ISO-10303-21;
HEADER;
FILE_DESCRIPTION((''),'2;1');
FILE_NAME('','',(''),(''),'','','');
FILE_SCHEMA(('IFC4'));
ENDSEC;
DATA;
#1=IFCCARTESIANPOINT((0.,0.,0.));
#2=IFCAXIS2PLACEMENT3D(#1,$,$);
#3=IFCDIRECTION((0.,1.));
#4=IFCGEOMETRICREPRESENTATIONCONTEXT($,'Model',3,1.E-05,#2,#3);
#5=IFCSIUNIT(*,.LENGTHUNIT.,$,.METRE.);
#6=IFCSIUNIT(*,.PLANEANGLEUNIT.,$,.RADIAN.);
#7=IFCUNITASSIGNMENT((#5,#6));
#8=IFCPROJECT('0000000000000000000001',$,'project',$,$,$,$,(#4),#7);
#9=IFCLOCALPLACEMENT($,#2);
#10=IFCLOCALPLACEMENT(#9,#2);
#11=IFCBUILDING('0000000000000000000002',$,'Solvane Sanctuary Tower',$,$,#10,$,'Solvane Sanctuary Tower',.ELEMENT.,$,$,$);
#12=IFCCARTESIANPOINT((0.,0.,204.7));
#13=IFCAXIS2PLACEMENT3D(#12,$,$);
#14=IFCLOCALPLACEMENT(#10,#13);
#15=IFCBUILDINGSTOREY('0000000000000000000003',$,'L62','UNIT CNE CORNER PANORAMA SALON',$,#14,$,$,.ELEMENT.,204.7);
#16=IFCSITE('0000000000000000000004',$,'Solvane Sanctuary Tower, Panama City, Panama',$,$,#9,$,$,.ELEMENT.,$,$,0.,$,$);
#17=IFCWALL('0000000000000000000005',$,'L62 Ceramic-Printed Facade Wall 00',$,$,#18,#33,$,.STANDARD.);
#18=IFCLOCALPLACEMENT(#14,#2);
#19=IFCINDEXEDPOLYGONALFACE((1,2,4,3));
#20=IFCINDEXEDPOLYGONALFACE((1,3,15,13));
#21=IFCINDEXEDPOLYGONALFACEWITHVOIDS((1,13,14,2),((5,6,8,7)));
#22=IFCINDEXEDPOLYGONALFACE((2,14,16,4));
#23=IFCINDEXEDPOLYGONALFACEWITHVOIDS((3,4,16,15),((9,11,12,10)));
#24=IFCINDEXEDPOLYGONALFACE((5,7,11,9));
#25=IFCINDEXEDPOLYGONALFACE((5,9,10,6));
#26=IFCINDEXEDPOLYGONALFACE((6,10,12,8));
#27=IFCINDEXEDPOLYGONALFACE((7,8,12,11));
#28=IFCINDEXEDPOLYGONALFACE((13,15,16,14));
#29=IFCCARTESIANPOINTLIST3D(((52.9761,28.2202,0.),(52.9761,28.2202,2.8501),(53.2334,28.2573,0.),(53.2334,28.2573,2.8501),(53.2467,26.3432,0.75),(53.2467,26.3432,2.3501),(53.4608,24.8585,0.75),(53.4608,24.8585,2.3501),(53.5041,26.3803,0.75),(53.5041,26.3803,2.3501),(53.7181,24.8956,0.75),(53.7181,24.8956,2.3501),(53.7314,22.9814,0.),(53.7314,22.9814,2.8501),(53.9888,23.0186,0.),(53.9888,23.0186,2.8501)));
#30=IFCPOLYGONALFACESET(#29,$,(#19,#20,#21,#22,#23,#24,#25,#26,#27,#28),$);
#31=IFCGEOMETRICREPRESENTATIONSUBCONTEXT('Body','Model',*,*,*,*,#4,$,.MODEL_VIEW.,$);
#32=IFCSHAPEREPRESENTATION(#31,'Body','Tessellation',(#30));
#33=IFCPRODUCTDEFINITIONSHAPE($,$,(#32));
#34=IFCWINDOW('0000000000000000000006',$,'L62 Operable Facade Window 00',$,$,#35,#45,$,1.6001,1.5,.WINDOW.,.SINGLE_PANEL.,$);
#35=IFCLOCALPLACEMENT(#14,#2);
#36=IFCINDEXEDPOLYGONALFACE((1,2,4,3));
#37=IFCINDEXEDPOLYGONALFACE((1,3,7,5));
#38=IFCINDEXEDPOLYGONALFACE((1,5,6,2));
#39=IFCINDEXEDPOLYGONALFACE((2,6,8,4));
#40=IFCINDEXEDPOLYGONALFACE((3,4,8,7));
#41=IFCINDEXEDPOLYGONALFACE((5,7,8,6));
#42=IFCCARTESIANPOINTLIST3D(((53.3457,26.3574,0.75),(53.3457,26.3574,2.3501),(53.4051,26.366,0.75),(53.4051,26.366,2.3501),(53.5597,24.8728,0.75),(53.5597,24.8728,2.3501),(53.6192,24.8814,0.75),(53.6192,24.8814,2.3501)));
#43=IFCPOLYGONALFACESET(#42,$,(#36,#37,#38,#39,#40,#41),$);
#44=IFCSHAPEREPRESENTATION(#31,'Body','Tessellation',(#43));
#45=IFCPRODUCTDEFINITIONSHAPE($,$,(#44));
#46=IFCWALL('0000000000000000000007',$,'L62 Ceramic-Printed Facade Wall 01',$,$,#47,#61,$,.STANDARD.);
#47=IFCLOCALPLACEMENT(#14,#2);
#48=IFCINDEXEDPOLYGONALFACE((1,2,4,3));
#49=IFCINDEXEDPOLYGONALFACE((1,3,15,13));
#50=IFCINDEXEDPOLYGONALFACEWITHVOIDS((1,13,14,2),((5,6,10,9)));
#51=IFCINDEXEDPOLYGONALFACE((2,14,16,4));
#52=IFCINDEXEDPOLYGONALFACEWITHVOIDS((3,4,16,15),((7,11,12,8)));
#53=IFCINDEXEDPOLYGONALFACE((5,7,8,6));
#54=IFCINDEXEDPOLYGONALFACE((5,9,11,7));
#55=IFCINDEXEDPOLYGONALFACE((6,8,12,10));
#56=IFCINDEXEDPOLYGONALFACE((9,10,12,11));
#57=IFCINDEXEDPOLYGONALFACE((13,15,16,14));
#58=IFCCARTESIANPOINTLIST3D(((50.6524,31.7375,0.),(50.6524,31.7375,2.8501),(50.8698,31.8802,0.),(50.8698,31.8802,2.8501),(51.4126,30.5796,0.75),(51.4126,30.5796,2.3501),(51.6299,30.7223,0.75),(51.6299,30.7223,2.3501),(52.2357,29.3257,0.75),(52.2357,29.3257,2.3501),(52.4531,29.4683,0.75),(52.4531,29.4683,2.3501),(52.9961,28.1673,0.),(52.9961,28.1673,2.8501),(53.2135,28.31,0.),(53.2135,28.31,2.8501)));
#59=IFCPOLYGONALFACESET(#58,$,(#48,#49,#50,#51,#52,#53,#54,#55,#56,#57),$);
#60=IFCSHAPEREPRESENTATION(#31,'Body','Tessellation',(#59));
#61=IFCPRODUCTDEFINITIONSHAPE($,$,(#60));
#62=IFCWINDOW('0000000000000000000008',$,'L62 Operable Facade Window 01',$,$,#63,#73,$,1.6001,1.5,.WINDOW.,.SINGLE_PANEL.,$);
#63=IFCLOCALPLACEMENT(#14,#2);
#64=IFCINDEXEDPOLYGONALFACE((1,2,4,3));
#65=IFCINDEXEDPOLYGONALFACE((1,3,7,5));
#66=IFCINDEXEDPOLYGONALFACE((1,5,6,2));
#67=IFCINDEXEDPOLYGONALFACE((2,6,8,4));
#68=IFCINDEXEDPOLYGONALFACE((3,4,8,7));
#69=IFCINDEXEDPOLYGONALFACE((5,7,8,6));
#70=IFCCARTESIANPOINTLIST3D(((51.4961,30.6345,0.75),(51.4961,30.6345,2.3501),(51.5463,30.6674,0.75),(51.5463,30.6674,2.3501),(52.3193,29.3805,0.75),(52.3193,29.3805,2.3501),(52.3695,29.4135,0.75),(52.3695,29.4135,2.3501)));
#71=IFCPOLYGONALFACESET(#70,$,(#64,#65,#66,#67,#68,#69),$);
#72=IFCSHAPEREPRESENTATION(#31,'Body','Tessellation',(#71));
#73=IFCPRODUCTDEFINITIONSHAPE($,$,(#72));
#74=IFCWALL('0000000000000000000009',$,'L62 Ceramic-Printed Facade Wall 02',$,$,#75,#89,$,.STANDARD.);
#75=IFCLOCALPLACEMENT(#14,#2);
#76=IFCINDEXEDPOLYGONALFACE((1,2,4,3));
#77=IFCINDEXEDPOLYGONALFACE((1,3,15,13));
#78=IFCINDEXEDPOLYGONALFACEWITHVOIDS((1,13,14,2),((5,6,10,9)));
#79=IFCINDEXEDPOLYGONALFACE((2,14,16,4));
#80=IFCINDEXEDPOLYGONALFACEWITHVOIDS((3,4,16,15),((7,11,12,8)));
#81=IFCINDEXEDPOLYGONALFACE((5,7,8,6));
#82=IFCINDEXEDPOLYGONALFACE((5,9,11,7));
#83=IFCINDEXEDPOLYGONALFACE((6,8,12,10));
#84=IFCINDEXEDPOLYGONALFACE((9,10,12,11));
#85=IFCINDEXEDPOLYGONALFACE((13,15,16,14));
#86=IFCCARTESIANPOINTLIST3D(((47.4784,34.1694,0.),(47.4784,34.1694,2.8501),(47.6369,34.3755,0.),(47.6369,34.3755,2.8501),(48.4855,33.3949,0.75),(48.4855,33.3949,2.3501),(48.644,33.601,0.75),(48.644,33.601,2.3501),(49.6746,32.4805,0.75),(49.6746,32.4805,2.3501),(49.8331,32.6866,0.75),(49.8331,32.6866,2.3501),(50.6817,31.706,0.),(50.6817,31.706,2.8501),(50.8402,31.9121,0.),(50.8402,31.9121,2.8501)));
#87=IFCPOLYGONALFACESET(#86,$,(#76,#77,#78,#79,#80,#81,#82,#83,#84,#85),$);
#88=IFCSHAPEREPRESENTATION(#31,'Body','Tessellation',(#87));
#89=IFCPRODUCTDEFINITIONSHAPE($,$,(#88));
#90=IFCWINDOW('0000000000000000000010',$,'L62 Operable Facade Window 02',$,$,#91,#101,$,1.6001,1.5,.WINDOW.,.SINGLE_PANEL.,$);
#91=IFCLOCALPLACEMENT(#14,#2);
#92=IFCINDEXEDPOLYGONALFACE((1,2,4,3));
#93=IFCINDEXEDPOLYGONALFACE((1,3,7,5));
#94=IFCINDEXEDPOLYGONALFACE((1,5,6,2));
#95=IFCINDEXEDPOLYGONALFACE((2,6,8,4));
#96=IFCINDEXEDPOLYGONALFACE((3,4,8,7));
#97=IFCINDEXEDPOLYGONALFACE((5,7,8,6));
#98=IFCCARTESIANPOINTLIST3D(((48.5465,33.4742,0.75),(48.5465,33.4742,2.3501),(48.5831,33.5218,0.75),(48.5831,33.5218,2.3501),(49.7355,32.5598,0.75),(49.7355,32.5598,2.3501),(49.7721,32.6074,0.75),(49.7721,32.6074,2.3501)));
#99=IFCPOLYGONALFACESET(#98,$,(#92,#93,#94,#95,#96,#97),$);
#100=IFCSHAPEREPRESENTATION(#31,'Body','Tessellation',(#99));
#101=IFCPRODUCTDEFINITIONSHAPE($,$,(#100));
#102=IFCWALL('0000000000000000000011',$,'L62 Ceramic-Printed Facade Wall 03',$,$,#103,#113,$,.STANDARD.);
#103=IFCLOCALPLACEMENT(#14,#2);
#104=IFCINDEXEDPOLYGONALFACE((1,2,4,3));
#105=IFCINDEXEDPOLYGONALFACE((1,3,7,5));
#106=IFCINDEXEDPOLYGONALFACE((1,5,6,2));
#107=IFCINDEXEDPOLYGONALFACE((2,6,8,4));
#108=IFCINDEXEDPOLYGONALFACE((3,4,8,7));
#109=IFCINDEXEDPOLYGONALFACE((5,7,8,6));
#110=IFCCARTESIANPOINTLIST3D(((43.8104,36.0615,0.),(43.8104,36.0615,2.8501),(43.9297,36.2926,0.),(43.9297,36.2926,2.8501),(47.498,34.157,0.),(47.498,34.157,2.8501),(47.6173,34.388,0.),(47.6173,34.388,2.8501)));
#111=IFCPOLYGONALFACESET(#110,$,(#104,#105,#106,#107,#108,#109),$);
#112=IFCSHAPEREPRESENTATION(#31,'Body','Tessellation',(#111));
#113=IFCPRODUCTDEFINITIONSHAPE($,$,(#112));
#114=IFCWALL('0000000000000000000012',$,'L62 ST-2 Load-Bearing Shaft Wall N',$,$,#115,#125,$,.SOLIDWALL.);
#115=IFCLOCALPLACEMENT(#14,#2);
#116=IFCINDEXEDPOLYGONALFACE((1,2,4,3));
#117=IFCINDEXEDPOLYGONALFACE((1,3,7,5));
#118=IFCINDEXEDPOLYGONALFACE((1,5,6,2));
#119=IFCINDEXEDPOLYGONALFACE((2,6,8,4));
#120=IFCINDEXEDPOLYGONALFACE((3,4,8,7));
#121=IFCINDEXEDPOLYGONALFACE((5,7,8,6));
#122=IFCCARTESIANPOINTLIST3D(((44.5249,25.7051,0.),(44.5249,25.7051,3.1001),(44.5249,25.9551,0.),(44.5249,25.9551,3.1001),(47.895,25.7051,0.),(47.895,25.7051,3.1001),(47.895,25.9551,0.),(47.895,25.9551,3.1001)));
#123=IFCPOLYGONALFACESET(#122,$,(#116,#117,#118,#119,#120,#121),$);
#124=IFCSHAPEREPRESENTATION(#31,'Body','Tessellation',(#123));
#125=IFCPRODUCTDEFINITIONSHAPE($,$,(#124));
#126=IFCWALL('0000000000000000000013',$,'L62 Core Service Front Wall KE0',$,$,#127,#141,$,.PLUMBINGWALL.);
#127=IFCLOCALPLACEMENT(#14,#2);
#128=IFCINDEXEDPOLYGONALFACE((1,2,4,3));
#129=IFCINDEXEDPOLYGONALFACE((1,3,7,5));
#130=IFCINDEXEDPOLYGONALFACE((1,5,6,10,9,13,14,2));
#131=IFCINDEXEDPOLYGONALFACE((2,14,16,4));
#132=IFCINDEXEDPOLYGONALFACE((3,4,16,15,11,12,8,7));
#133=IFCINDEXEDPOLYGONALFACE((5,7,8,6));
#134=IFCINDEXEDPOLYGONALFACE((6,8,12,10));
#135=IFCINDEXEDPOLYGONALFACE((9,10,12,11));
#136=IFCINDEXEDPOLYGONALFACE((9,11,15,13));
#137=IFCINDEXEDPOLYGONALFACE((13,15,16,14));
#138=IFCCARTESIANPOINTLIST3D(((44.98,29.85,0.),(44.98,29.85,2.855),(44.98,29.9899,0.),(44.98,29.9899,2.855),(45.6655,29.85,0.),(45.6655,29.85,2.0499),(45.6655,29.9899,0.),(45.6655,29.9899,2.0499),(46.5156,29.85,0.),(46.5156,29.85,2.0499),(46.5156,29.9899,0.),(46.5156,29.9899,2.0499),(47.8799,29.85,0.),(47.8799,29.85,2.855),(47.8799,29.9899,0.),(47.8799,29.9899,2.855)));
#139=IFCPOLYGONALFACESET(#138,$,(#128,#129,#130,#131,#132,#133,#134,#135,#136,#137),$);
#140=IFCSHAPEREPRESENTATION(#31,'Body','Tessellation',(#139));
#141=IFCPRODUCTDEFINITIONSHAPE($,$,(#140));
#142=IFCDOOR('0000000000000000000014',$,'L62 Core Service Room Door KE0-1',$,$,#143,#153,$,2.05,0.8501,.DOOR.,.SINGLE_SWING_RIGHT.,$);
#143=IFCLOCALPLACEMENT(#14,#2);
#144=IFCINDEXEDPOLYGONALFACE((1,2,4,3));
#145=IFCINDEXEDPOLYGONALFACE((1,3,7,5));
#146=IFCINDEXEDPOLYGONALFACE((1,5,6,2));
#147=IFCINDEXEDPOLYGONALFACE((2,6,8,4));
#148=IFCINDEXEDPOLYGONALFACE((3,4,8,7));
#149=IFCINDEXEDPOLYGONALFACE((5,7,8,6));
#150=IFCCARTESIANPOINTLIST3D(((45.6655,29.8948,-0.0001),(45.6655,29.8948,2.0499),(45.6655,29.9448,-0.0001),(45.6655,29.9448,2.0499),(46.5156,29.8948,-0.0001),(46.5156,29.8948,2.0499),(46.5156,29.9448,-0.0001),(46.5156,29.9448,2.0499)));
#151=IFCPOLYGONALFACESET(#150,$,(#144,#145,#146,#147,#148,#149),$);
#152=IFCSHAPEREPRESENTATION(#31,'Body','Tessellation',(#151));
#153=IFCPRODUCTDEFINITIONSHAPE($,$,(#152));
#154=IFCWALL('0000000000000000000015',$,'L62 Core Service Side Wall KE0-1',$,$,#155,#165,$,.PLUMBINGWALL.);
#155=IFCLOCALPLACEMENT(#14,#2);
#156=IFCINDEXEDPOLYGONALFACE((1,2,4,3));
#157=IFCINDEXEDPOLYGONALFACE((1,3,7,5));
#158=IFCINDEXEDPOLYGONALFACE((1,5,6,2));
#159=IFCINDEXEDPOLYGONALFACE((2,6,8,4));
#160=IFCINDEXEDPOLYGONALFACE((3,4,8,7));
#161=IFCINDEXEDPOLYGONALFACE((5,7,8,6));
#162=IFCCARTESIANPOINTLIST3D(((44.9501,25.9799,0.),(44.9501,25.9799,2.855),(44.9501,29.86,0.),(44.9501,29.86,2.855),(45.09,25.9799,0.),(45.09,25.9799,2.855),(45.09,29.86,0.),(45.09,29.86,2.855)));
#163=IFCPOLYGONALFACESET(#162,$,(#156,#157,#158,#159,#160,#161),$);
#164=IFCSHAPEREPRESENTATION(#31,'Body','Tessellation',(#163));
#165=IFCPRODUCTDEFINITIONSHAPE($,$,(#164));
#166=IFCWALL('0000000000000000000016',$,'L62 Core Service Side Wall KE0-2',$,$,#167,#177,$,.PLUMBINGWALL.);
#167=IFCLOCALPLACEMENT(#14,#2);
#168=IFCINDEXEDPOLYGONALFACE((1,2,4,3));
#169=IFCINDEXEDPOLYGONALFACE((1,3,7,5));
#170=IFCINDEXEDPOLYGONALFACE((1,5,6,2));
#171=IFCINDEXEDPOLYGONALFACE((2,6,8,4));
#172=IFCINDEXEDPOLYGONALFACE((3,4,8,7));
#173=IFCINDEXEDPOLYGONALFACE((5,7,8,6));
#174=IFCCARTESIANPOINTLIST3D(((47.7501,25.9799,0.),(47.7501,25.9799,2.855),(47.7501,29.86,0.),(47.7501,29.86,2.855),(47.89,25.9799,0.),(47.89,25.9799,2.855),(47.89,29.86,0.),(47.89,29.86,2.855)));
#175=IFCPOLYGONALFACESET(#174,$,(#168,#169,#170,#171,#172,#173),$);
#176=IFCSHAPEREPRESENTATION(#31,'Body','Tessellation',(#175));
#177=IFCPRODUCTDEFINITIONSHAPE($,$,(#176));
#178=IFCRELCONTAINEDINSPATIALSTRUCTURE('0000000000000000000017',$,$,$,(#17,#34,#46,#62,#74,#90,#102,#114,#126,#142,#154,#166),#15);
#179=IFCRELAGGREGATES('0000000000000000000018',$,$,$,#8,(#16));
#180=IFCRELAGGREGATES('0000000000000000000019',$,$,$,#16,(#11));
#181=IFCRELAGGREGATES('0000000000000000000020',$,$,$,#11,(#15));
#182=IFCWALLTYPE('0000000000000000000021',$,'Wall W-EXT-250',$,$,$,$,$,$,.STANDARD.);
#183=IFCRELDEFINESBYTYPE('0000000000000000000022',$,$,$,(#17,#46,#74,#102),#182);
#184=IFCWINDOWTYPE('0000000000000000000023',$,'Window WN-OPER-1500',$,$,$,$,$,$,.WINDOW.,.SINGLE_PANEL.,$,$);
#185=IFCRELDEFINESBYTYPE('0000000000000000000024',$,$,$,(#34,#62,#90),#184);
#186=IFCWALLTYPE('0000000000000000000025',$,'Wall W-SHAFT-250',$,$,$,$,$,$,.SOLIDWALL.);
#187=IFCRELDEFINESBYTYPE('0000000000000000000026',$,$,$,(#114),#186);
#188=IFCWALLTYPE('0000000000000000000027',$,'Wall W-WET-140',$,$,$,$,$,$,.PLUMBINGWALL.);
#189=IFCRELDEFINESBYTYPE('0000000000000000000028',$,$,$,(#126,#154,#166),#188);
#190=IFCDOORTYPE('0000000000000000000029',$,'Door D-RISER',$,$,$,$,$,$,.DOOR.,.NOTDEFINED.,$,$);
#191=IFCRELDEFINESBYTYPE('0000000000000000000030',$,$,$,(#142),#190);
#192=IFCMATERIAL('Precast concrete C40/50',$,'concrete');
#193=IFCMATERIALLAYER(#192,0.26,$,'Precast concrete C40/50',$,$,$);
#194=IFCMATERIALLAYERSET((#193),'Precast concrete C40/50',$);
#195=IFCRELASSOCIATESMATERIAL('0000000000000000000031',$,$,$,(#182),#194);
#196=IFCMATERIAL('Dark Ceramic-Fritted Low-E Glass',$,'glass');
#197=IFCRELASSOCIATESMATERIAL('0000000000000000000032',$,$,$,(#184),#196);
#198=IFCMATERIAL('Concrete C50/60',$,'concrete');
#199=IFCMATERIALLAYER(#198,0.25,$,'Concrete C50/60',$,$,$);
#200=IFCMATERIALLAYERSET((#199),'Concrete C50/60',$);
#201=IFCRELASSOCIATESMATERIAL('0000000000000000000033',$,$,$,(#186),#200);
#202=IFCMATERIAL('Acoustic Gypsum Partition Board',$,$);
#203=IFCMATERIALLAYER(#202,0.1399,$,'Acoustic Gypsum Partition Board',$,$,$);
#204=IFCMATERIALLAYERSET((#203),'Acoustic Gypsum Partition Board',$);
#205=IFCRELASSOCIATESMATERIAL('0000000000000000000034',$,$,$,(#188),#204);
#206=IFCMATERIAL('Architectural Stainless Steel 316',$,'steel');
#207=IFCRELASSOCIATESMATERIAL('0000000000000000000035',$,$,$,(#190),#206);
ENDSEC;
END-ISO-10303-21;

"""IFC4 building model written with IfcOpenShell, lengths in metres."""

from ifc_helpers import new_model, si_unit, direction, frame, frame_2d, origin, place, context, subcontext, project, spatial, rectangle, extrude, material, layer, layer_set, type_object, element, fill, save


model = new_model("IFC4")

# Units and contexts
model_context = context("Model", 3, precision=1e-05, world=origin(), true_north=direction((0.0, 1.0)))
body_context = subcontext(model_context, "Body", "Model", "MODEL_VIEW")
ifc_project = project(units=[si_unit("LENGTHUNIT", "METRE"), si_unit("PLANEANGLEUNIT", "RADIAN")], contexts=[model_context])

# Site, building, storey
site_placement = place(None, origin())
site = spatial("IfcSite", under=ifc_project, at=site_placement, Name="Solvane Sanctuary Tower, Panama City, Panama", CompositionType="ELEMENT", RefElevation=0.0)
building_placement = place(site_placement, origin())
building = spatial("IfcBuilding", under=site, at=building_placement, Name="Solvane Sanctuary Tower", LongName="Solvane Sanctuary Tower", CompositionType="ELEMENT")
storey_placement = place(building_placement, frame((0.0, 0.0, 204.7)))
storey = spatial("IfcBuildingStorey", under=building, at=storey_placement, Name="L62", Description="UNIT CNE CORNER PANORAMA SALON", CompositionType="ELEMENT", Elevation=204.7)

# Shared definitions
ifc_material_1 = material(Name="Concrete C50/60", Category="concrete")

# Shared definitions
ifc_material_2 = material(Name="Acoustic Gypsum Partition Board")

# Walls, openings, windows
ifc_material_3 = material(Name="Precast concrete C40/50", Category="concrete")
ifc_layer_1 = layer(ifc_material_3, 0.26, Name="Precast concrete C40/50")
ifc_layer_set_1 = layer_set([ifc_layer_1], Name="Precast concrete C40/50")
wall_type_1 = type_object("IfcWallType", Name="Wall W-EXT-250", PredefinedType="STANDARD", material=ifc_layer_set_1)
wall_1_placement = place(storey_placement, frame((53.8601, 23.0, 0.0), z_axis=(0.0, 0.0, 1.0), x_axis=(-0.142713, 0.989764, 0.0)))
wall_1 = element("IfcWall", 1, at=wall_1_placement, inside=storey, type_object=wall_type_1, Name="L62 Ceramic-Printed Facade Wall 00", PredefinedType="STANDARD", context=body_context, shape_type="SweptSolid", body=[
    extrude(rectangle(XDim=5.293, YDim=0.26, at=frame_2d((2.6465, 0.0))), origin(), (0.0, 0.0, 1.0), 2.8501),
])
opening_1_placement = place(wall_1_placement, frame((1.8965, 0.0, 0.75)))
opening_1 = element("IfcOpeningElement", 2, at=opening_1_placement, cuts=wall_1, PredefinedType="OPENING", context=body_context, shape_type="SweptSolid", body=[
    extrude(rectangle(XDim=1.5, YDim=1.6001, at=frame_2d((0.75, 0.8))), frame((0.0, 0.1399, 0.0), z_axis=(0.0, -1.0, 0.0), x_axis=(1.0, 0.0, 0.0)), (0.0, 0.0, 1.0), 0.28),
])
ifc_material_4 = material(Name="Dark Ceramic-Fritted Low-E Glass", Category="glass")
window_type = type_object("IfcWindowType", Name="Window WN-OPER-1500", PartitioningType="SINGLE_PANEL", PredefinedType="WINDOW", material=ifc_material_4)
window_1_placement = place(opening_1_placement, origin())
window_1 = element("IfcWindow", 3, at=window_1_placement, inside=storey, type_object=window_type, Name="L62 Operable Facade Window 00", OverallHeight=1.6001, OverallWidth=1.5, PartitioningType="SINGLE_PANEL", PredefinedType="WINDOW", context=body_context, shape_type="SweptSolid", body=[
    extrude(rectangle(XDim=1.5, YDim=1.6001, at=frame_2d((0.75, 0.8))), frame((0.0, 0.03, 0.0), z_axis=(0.0, -1.0, 0.0), x_axis=(1.0, 0.0, 0.0)), (0.0, 0.0, 1.0), 0.0601),
])
fill(opening_1, window_1)
wall_2_placement = place(storey_placement, frame((53.1047, 28.2388, 0.0), z_axis=(0.0, 0.0, 1.0), x_axis=(-0.548776, 0.835969, 0.0)))
wall_2 = element("IfcWall", 4, at=wall_2_placement, inside=storey, type_object=wall_type_1, Name="L62 Ceramic-Printed Facade Wall 01", PredefinedType="STANDARD", context=body_context, shape_type="SweptSolid", body=[
    extrude(rectangle(XDim=4.2708, YDim=0.26, at=frame_2d((2.1353, 0.0))), origin(), (0.0, 0.0, 1.0), 2.8501),
])
opening_2_placement = place(wall_2_placement, frame((1.3855, 0.0, 0.75)))
opening_2 = element("IfcOpeningElement", 5, at=opening_2_placement, cuts=wall_2, PredefinedType="OPENING", context=body_context, shape_type="SweptSolid", body=[
    extrude(rectangle(XDim=1.5, YDim=1.6001, at=frame_2d((0.75, 0.8))), frame((0.0, 0.1399, 0.0), z_axis=(0.0, -1.0, 0.0), x_axis=(1.0, 0.0, 0.0)), (0.0, 0.0, 1.0), 0.28),
])
window_2_placement = place(opening_2_placement, origin())
window_2 = element("IfcWindow", 6, at=window_2_placement, inside=storey, type_object=window_type, Name="L62 Operable Facade Window 01", OverallHeight=1.6001, OverallWidth=1.5, PartitioningType="SINGLE_PANEL", PredefinedType="WINDOW", context=body_context, shape_type="SweptSolid", body=[
    extrude(rectangle(XDim=1.5, YDim=1.6001, at=frame_2d((0.75, 0.8))), frame((0.0, 0.03, 0.0), z_axis=(0.0, -1.0, 0.0), x_axis=(1.0, 0.0, 0.0)), (0.0, 0.0, 1.0), 0.0601),
])
fill(opening_2, window_2)
wall_3_placement = place(storey_placement, frame((50.761, 31.8091, 0.0), z_axis=(0.0, 0.0, 1.0), x_axis=(-0.792714, 0.609594, 0.0)))
wall_3 = element("IfcWall", 7, at=wall_3_placement, inside=storey, type_object=wall_type_1, Name="L62 Ceramic-Printed Facade Wall 02", PredefinedType="STANDARD", context=body_context, shape_type="SweptSolid", body=[
    extrude(rectangle(XDim=4.041, YDim=0.26, at=frame_2d((2.0205, 0.0))), origin(), (0.0, 0.0, 1.0), 2.8501),
])
opening_3_placement = place(wall_3_placement, frame((1.2705, 0.0, 0.75)))
opening_3 = element("IfcOpeningElement", 8, at=opening_3_placement, cuts=wall_3, PredefinedType="OPENING", context=body_context, shape_type="SweptSolid", body=[
    extrude(rectangle(XDim=1.5, YDim=1.6001, at=frame_2d((0.75, 0.8))), frame((0.0, 0.1399, 0.0), z_axis=(0.0, -1.0, 0.0), x_axis=(1.0, 0.0, 0.0)), (0.0, 0.0, 1.0), 0.28),
])
window_3_placement = place(opening_3_placement, origin())
window_3 = element("IfcWindow", 9, at=window_3_placement, inside=storey, type_object=window_type, Name="L62 Operable Facade Window 02", OverallHeight=1.6001, OverallWidth=1.5, PartitioningType="SINGLE_PANEL", PredefinedType="WINDOW", context=body_context, shape_type="SweptSolid", body=[
    extrude(rectangle(XDim=1.5, YDim=1.6001, at=frame_2d((0.75, 0.8))), frame((0.0, 0.03, 0.0), z_axis=(0.0, -1.0, 0.0), x_axis=(1.0, 0.0, 0.0)), (0.0, 0.0, 1.0), 0.0601),
])
fill(opening_3, window_3)

# Walls
wall_4_placement = place(storey_placement, frame((47.5576, 34.2725, 0.0), z_axis=(0.0, 0.0, 1.0), x_axis=(-0.888491, 0.458893, 0.0)))
element("IfcWall", 10, at=wall_4_placement, inside=storey, type_object=wall_type_1, Name="L62 Ceramic-Printed Facade Wall 03", PredefinedType="STANDARD", context=body_context, shape_type="SweptSolid", body=[
    extrude(rectangle(XDim=4.1504, YDim=0.26, at=frame_2d((2.0752, 0.0))), origin(), (0.0, 0.0, 1.0), 2.8501),
])
ifc_layer_2 = layer(ifc_material_1, 0.25, Name="Concrete C50/60")
ifc_layer_set_2 = layer_set([ifc_layer_2], Name="Concrete C50/60")
wall_type_2 = type_object("IfcWallType", Name="Wall W-SHAFT-250", PredefinedType="SOLIDWALL", material=ifc_layer_set_2)
wall_5_placement = place(storey_placement, frame((44.5249, 25.8301, 0.0), z_axis=(0.0, 0.0, 1.0), x_axis=(1.0, 0.0, 0.0)))
element("IfcWall", 11, at=wall_5_placement, inside=storey, type_object=wall_type_2, Name="L62 ST-2 Load-Bearing Shaft Wall N", PredefinedType="SOLIDWALL", context=body_context, shape_type="SweptSolid", body=[
    extrude(rectangle(XDim=3.3701, YDim=0.25, at=frame_2d((1.6851, 0.0))), origin(), (0.0, 0.0, 1.0), 3.1001),
])

# Wall, opening, door
ifc_layer_3 = layer(ifc_material_2, 0.1399, Name="Acoustic Gypsum Partition Board")
ifc_layer_set_3 = layer_set([ifc_layer_3], Name="Acoustic Gypsum Partition Board")
wall_type_3 = type_object("IfcWallType", Name="Wall W-WET-140", PredefinedType="PLUMBINGWALL", material=ifc_layer_set_3)
wall_6_placement = place(storey_placement, frame((44.98, 29.9199, 0.0), z_axis=(0.0, 0.0, 1.0), x_axis=(1.0, 0.0, 0.0)))
wall_6 = element("IfcWall", 12, at=wall_6_placement, inside=storey, type_object=wall_type_3, Name="L62 Core Service Front Wall KE0", PredefinedType="PLUMBINGWALL", context=body_context, shape_type="SweptSolid", body=[
    extrude(rectangle(XDim=2.8999, YDim=0.1399, at=frame_2d((1.45, 0.0))), origin(), (0.0, 0.0, 1.0), 2.855),
])
opening_4_placement = place(wall_6_placement, frame((0.6855, 0.0, 0.0)))
opening_4 = element("IfcOpeningElement", 13, at=opening_4_placement, cuts=wall_6, PredefinedType="OPENING", context=body_context, shape_type="SweptSolid", body=[
    extrude(rectangle(XDim=0.8501, YDim=2.05, at=frame_2d((0.425, 1.0249))), frame((0.0, 0.0798, 0.0), z_axis=(0.0, -1.0, 0.0), x_axis=(1.0, 0.0, 0.0)), (0.0, 0.0, 1.0), 0.1599),
])
ifc_material_5 = material(Name="Architectural Stainless Steel 316", Category="steel")
door_type = type_object("IfcDoorType", Name="Door D-RISER", OperationType="NOTDEFINED", PredefinedType="DOOR", material=ifc_material_5)
door_placement = place(opening_4_placement, origin())
door = element("IfcDoor", 14, at=door_placement, inside=storey, type_object=door_type, Name="L62 Core Service Room Door KE0-1", OperationType="SINGLE_SWING_RIGHT", OverallHeight=2.05, OverallWidth=0.8501, PredefinedType="DOOR", context=body_context, shape_type="SweptSolid", body=[
    extrude(rectangle(XDim=0.8501, YDim=2.05, at=frame_2d((0.425, 1.0249))), frame((0.0, 0.0249, 0.0), z_axis=(0.0, -1.0, 0.0), x_axis=(1.0, 0.0, 0.0)), (0.0, 0.0, 1.0), 0.05),
])
fill(opening_4, door)

# Walls
for number, where, z_axis, x_axis, name in (
    (15, (45.02, 25.98, 0.0), (0.0, 0.0, 1.0), (0.0, 1.0, 0.0), "L62 Core Service Side Wall KE0-1"),
    (16, (47.8201, 25.98, 0.0), (0.0, 0.0, 1.0), (0.0, 1.0, 0.0), "L62 Core Service Side Wall KE0-2"),
):
    element("IfcWall", number, at=place(storey_placement, frame(where, z_axis=z_axis, x_axis=x_axis)), inside=storey, type_object=wall_type_3, Name=name, PredefinedType="PLUMBINGWALL", context=body_context, shape_type="SweptSolid", body=[
        extrude(rectangle(XDim=3.8801, YDim=0.1399, at=frame_2d((1.9399, 0.0))), origin(), (0.0, 0.0, 1.0), 2.855),
    ])

save(model, "model.ifc")
